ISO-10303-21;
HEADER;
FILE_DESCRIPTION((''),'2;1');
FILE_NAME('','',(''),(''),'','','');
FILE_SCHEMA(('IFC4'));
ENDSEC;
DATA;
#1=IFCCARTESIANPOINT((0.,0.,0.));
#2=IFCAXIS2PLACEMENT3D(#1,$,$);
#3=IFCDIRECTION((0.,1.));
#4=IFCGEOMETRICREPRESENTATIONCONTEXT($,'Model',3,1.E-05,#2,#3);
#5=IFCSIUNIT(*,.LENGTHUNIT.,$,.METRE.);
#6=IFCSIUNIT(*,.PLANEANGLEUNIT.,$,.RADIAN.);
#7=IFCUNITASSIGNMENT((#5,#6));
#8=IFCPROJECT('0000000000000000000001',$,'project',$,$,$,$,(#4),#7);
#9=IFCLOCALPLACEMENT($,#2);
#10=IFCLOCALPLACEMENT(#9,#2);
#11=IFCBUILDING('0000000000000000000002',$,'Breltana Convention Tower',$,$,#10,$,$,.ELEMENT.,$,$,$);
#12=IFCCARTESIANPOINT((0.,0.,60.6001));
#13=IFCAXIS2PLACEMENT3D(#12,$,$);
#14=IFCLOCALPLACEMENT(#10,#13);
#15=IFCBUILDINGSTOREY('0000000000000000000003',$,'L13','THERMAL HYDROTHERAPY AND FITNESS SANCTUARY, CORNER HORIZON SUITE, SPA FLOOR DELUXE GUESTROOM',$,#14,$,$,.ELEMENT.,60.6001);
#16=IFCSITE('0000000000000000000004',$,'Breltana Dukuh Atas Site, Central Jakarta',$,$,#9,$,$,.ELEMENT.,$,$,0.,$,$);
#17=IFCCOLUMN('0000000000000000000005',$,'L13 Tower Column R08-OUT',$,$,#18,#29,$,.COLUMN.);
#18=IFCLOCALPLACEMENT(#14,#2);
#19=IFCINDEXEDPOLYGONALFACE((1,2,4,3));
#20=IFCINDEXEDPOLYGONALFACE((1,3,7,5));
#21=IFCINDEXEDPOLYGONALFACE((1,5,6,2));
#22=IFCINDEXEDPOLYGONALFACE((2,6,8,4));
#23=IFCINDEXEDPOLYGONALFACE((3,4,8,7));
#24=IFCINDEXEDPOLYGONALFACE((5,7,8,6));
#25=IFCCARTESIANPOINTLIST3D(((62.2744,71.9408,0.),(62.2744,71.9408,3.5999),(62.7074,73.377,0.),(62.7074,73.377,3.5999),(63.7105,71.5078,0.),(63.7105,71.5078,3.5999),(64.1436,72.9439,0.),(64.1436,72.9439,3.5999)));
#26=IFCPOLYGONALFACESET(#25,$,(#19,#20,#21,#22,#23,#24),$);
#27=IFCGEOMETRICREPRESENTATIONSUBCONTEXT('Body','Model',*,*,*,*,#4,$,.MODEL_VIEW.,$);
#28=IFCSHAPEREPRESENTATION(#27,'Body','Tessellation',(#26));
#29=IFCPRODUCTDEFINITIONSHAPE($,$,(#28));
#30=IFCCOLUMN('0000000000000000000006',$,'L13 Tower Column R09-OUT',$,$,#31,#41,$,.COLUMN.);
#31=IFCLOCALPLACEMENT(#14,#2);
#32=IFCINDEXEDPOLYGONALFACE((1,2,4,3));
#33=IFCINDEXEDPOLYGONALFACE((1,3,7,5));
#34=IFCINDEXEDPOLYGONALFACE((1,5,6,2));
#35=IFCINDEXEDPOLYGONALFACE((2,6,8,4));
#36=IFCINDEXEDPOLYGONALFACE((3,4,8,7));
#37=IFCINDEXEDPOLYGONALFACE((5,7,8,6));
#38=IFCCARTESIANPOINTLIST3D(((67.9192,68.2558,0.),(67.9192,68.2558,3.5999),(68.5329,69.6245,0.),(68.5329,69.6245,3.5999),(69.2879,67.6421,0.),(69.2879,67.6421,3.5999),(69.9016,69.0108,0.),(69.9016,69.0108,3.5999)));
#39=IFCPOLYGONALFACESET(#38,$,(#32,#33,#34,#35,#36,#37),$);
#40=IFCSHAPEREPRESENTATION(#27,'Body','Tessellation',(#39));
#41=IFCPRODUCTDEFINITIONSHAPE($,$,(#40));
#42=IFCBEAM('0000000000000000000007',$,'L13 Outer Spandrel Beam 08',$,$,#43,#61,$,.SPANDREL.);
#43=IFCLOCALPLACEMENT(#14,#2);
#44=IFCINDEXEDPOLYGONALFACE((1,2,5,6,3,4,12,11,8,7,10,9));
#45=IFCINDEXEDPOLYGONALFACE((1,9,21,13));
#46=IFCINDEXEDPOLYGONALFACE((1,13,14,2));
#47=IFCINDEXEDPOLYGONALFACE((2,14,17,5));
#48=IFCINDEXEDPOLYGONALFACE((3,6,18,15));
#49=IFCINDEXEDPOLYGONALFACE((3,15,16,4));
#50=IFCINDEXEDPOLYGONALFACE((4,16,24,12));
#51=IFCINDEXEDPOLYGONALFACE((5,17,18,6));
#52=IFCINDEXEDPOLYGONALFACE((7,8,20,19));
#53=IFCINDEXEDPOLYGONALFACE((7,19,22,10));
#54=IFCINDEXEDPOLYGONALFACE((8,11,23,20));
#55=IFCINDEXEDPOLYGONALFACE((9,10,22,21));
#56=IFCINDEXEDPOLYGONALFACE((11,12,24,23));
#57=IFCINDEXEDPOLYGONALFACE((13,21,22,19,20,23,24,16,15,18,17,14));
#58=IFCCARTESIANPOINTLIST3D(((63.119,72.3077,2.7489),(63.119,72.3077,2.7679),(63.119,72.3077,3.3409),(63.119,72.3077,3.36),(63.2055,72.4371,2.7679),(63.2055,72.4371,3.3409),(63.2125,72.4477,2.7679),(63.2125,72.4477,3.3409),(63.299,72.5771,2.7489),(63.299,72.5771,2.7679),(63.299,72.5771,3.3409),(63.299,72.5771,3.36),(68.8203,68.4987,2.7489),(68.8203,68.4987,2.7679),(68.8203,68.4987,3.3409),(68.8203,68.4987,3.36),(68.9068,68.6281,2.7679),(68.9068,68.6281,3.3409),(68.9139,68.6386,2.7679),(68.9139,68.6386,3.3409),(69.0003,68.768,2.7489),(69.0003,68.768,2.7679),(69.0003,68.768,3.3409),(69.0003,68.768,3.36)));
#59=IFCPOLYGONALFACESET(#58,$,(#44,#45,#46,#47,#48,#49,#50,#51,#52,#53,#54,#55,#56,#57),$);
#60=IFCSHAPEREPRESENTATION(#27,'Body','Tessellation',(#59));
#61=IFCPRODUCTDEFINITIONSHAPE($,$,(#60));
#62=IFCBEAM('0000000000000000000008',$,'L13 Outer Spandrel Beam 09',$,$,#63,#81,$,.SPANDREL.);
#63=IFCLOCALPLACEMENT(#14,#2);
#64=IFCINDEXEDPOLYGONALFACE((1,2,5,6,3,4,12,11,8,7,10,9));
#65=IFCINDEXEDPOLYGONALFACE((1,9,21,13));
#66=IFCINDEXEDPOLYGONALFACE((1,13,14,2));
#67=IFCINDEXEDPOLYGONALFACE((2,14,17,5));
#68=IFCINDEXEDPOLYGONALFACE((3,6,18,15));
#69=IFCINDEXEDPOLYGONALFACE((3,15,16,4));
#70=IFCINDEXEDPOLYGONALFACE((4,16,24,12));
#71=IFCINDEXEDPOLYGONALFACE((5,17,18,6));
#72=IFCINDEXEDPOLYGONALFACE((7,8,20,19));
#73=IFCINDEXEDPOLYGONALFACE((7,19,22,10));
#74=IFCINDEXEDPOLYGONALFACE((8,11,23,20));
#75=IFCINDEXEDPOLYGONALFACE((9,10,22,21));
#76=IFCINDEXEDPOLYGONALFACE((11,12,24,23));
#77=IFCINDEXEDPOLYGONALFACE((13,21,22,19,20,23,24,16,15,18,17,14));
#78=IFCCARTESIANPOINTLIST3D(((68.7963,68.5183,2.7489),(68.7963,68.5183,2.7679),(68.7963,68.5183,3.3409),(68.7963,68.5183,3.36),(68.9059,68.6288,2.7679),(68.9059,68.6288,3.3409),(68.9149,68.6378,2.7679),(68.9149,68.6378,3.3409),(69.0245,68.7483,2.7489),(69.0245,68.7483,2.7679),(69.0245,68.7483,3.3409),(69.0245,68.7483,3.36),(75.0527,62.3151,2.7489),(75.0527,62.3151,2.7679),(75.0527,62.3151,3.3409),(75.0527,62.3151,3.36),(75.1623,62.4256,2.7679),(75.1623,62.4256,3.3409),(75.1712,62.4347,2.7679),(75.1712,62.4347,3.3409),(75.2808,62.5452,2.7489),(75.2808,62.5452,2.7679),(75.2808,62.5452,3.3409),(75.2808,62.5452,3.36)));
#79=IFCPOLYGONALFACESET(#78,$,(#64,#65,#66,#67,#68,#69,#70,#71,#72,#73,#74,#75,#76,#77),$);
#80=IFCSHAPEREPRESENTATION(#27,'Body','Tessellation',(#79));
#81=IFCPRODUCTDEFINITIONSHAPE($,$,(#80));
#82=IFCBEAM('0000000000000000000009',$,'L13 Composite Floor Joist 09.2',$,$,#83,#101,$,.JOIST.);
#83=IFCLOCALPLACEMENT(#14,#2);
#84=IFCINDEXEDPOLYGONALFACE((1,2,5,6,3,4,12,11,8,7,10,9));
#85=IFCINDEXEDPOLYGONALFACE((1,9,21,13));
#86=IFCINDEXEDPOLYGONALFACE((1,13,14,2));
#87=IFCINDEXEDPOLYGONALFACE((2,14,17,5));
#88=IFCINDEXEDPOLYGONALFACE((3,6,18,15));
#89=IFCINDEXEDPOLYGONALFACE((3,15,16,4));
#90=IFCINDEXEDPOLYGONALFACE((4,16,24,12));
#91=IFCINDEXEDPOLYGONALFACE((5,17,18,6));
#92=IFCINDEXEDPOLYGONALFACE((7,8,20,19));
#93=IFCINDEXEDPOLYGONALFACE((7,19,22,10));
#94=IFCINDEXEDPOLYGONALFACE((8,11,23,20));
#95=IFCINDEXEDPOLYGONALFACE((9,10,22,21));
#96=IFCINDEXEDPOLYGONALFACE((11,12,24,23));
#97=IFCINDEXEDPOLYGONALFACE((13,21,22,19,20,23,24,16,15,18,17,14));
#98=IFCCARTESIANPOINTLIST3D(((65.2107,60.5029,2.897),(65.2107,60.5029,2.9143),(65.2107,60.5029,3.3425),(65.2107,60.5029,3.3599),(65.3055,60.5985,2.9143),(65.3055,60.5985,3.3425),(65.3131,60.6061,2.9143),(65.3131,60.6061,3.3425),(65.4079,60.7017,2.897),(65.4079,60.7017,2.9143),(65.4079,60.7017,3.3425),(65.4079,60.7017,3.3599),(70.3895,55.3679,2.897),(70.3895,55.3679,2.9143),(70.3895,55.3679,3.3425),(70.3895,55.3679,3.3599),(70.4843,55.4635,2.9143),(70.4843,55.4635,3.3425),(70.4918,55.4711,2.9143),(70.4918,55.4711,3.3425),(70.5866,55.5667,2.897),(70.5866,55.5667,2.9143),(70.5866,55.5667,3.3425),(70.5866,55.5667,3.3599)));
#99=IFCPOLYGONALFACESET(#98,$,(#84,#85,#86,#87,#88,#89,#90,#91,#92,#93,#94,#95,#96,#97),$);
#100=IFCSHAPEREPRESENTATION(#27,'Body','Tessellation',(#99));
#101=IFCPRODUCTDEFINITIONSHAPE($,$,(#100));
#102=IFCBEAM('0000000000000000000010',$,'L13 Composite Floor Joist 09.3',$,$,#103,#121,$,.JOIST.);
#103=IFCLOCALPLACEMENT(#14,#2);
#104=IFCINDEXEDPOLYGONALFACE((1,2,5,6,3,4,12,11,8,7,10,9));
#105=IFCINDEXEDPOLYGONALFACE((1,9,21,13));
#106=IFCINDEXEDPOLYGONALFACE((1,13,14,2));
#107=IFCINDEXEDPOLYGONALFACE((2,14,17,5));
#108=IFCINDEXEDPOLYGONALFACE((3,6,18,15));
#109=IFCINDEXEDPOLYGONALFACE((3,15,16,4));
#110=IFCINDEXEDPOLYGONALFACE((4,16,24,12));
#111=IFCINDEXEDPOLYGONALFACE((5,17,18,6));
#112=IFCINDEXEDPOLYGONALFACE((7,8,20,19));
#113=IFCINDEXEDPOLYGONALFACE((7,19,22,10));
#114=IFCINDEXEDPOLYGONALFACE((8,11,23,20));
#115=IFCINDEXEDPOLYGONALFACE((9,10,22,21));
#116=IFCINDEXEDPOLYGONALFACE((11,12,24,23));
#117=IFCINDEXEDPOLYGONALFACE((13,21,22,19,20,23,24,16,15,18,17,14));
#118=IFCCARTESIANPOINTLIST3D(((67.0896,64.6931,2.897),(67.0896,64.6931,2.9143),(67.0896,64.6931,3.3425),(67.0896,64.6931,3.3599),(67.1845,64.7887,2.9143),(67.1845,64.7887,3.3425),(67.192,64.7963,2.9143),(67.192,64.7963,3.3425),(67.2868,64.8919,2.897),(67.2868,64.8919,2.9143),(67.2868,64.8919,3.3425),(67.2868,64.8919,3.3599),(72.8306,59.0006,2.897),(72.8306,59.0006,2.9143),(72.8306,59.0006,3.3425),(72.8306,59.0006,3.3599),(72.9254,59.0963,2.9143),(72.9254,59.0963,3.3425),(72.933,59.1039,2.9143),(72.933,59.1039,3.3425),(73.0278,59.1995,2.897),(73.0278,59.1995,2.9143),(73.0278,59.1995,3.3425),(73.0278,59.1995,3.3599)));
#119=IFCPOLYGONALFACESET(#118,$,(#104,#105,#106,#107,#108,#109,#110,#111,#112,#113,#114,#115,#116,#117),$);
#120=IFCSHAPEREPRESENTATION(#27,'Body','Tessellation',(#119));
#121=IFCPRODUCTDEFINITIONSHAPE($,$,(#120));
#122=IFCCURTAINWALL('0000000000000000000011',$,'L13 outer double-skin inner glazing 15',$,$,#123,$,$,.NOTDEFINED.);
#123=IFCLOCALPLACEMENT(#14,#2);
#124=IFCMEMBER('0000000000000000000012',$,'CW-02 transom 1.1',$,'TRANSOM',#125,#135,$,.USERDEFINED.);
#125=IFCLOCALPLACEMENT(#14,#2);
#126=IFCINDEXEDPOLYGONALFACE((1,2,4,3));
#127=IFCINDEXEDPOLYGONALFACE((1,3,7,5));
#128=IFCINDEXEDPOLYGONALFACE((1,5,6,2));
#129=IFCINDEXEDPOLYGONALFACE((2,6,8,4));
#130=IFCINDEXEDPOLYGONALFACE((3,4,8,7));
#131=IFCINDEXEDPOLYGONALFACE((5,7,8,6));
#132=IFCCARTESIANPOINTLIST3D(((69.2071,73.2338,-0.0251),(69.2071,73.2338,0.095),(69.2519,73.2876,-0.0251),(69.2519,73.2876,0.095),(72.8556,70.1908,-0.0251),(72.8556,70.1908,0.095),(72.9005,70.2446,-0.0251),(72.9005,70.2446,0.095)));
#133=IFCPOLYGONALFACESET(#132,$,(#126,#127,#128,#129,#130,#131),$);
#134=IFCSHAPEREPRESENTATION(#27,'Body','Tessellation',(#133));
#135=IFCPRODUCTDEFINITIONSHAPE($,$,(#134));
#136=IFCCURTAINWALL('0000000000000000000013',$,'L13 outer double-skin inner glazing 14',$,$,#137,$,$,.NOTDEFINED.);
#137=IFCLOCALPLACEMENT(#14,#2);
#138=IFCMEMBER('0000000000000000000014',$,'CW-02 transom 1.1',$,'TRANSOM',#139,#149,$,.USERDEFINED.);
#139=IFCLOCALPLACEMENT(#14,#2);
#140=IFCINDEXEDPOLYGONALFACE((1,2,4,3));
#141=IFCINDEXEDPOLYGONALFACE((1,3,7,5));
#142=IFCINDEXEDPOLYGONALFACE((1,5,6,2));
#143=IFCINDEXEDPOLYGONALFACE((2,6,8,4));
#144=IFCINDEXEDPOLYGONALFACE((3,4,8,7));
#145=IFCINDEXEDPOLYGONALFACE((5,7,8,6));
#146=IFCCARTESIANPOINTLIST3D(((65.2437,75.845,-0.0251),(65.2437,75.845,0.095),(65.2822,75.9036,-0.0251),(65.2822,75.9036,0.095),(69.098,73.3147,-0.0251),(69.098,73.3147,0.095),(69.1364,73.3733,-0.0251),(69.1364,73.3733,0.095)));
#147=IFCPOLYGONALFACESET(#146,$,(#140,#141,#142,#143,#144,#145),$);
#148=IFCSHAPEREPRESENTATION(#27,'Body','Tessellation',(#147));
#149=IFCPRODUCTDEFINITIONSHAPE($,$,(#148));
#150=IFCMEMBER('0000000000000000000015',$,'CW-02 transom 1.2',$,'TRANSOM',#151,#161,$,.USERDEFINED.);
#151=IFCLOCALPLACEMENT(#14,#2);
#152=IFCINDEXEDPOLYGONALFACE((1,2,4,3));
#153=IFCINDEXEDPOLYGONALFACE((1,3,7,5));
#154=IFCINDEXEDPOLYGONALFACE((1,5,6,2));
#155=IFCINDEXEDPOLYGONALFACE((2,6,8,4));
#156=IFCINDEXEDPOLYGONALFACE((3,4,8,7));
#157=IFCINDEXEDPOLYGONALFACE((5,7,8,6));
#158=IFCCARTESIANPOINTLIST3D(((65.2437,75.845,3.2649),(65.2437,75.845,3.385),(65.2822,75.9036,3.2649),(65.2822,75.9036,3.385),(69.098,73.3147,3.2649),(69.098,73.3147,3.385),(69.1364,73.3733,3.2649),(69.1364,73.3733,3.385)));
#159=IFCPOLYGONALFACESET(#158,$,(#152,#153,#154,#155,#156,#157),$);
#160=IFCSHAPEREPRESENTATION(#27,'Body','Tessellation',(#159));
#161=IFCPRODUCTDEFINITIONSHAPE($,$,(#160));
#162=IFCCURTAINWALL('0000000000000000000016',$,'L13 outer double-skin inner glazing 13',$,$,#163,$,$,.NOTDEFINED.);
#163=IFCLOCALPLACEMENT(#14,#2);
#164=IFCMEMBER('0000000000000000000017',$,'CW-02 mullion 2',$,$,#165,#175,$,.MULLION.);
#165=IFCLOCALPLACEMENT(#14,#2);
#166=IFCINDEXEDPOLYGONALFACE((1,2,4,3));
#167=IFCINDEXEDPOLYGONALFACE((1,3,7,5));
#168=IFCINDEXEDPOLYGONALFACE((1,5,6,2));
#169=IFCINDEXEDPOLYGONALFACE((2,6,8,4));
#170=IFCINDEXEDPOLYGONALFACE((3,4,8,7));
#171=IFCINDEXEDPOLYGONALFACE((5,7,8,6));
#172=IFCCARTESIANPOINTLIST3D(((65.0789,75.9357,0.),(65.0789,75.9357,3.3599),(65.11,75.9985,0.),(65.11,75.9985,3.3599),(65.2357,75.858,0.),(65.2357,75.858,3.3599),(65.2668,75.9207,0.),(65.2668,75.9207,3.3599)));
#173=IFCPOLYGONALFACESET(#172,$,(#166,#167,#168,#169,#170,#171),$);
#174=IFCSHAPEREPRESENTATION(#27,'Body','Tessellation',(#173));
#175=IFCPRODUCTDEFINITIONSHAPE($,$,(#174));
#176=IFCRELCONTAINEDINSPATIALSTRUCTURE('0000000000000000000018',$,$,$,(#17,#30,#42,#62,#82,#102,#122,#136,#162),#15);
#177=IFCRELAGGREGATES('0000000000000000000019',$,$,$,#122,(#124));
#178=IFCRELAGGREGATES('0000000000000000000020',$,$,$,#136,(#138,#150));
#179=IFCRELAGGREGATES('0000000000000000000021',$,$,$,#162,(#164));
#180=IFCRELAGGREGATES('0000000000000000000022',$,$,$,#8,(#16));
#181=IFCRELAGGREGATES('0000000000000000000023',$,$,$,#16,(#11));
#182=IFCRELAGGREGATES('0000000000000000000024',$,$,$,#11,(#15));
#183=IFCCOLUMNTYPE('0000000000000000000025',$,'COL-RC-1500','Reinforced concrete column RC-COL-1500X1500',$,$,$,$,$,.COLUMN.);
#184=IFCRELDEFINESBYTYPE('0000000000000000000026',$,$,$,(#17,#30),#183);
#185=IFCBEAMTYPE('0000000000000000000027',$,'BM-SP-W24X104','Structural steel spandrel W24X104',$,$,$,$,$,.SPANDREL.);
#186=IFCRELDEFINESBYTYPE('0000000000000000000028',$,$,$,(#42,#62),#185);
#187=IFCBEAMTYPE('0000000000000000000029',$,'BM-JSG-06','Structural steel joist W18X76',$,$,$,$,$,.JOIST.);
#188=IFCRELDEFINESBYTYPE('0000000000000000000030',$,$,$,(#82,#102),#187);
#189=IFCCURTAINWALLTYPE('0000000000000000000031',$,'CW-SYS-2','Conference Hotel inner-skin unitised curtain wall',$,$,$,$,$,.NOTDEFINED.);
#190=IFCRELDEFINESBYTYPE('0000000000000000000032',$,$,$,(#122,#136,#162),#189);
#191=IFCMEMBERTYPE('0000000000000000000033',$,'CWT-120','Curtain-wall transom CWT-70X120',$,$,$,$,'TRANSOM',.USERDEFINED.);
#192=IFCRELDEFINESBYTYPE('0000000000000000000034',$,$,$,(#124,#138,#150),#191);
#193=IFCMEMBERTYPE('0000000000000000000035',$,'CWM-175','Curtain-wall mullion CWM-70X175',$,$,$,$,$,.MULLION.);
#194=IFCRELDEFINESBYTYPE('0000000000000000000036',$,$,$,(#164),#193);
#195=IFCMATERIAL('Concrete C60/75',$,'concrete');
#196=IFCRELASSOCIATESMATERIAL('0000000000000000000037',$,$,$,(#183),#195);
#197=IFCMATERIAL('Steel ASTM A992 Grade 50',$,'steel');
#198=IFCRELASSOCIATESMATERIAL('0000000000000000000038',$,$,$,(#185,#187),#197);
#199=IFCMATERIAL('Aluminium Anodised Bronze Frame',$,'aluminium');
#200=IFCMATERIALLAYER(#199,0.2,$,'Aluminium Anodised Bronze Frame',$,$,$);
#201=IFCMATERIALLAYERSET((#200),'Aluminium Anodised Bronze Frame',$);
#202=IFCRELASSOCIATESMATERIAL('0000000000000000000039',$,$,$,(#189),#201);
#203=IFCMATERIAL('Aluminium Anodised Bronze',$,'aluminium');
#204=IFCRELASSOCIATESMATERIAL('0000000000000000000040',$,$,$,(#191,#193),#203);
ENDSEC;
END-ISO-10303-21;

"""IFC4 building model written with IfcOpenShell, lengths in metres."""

from ifc_helpers import new_model, si_unit, direction, frame, origin, origin_2d, place, context, subcontext, project, spatial, rectangle, i_section, extrude, source, transform, mapped, material, layer, layer_set, material_profile, profile_set, type_object, element, aggregate, save


model = new_model("IFC4")

# Units and contexts
model_context = context("Model", 3, precision=1e-05, world=origin(), true_north=direction((0.0, 1.0)))
body_context = subcontext(model_context, "Body", "Model", "MODEL_VIEW")
ifc_project = project(units=[si_unit("LENGTHUNIT", "METRE"), si_unit("PLANEANGLEUNIT", "RADIAN")], contexts=[model_context])

# Site, building, storey
site_placement = place(None, origin())
site = spatial("IfcSite", under=ifc_project, at=site_placement, Name="Breltana Dukuh Atas Site, Central Jakarta", CompositionType="ELEMENT", RefElevation=0.0)
building_placement = place(site_placement, origin())
building = spatial("IfcBuilding", under=site, at=building_placement, Name="Breltana Convention Tower", CompositionType="ELEMENT")
storey_placement = place(building_placement, frame((0.0, 0.0, 60.6001)))
storey = spatial("IfcBuildingStorey", under=building, at=storey_placement, Name="L13", Description="THERMAL HYDROTHERAPY AND FITNESS SANCTUARY, CORNER HORIZON SUITE, SPA FLOOR DELUXE GUESTROOM", CompositionType="ELEMENT", Elevation=60.6001)

# Columns
ifc_material_1 = material(Name="Concrete C60/75", Category="concrete")
ifc_material_profile_1 = material_profile(ifc_material_1, rectangle(XDim=1.5, YDim=1.5, at=origin_2d()), Name="RC-COL-1500X1500")
ifc_profile_set_1 = profile_set([ifc_material_profile_1], Name="Concrete C60/75")
column_type = type_object("IfcColumnType", Name="COL-RC-1500", Description="Reinforced concrete column RC-COL-1500X1500", PredefinedType="COLUMN", material=ifc_profile_set_1)
shared_shape_1 = source(origin(), body_context, "Body", "SweptSolid", [
    extrude(rectangle(XDim=1.5, YDim=1.5, at=origin_2d()), origin(), (0.0, 0.0, 1.0), 3.5999),
])
for number, where, z_axis, x_axis, name in (
    (1, (63.209, 72.4424, 0.0), (0.0, 0.0, 1.0), (0.288698, 0.95742, 0.0), "L13 Tower Column R08-OUT"),
    (2, (68.9104, 68.6333, 0.0), (0.0, 0.0, 1.0), (0.409127, 0.912477, 0.0), "L13 Tower Column R09-OUT"),
):
    element("IfcColumn", number, at=place(storey_placement, frame(where, z_axis=z_axis, x_axis=x_axis)), inside=storey, type_object=column_type, Name=name, PredefinedType="COLUMN", context=body_context, shape_type="MappedRepresentation", body=[
        mapped(shared_shape_1, transform((0.0, 0.0, 0.0), scale=1.0)),
    ])

# Beams
ifc_material_2 = material(Name="Steel ASTM A992 Grade 50", Category="steel")
ifc_material_profile_2 = material_profile(ifc_material_2, i_section(OverallWidth=0.324, OverallDepth=0.6111, WebThickness=0.0127, FlangeThickness=0.019, at=origin_2d()), Name="W24X104")
ifc_profile_set_2 = profile_set([ifc_material_profile_2], Name="Steel ASTM A992 Grade 50")
beam_type_1 = type_object("IfcBeamType", Name="BM-SP-W24X104", Description="Structural steel spandrel W24X104", PredefinedType="SPANDREL", material=ifc_profile_set_2)
shared_shape_2 = source(origin(), body_context, "Body", "SweptSolid", [
    extrude(i_section(OverallWidth=0.324, OverallDepth=0.6111, WebThickness=0.0127, FlangeThickness=0.019, at=origin_2d()), origin(), (0.0, 0.0, 1.0), 6.8567),
])
beam_1_placement = place(storey_placement, frame((63.209, 72.4424, 3.0544), z_axis=(0.831502, -0.555522, 0.0), x_axis=(0.555522, 0.831502, 0.0)))
element("IfcBeam", 3, at=beam_1_placement, inside=storey, type_object=beam_type_1, Name="L13 Outer Spandrel Beam 08", PredefinedType="SPANDREL", context=body_context, shape_type="MappedRepresentation", body=[
    mapped(shared_shape_2, transform((0.0, 0.0, 0.0), scale=1.0)),
])
shared_shape_3 = source(origin(), body_context, "Body", "SweptSolid", [
    extrude(i_section(OverallWidth=0.324, OverallDepth=0.6111, WebThickness=0.0127, FlangeThickness=0.019, at=origin_2d()), origin(), (0.0, 0.0, 1.0), 8.8103),
])
beam_2_placement = place(storey_placement, frame((68.9104, 68.6333, 3.0544), z_axis=(0.710121, -0.70408, 0.0), x_axis=(0.70408, 0.710121, 0.0)))
element("IfcBeam", 4, at=beam_2_placement, inside=storey, type_object=beam_type_1, Name="L13 Outer Spandrel Beam 09", PredefinedType="SPANDREL", context=body_context, shape_type="MappedRepresentation", body=[
    mapped(shared_shape_3, transform((0.0, 0.0, 0.0), scale=1.0)),
])
ifc_material_profile_3 = material_profile(ifc_material_2, i_section(OverallWidth=0.28, OverallDepth=0.4629, WebThickness=0.0107, FlangeThickness=0.0173, at=origin_2d()), Name="W18X76")
ifc_profile_set_3 = profile_set([ifc_material_profile_3], Name="Steel ASTM A992 Grade 50")
beam_type_2 = type_object("IfcBeamType", Name="BM-JSG-06", Description="Structural steel joist W18X76", PredefinedType="JOIST", material=ifc_profile_set_3)
shared_shape_4 = source(origin(), body_context, "Body", "SweptSolid", [
    extrude(i_section(OverallWidth=0.28, OverallDepth=0.4629, WebThickness=0.0107, FlangeThickness=0.0173, at=origin_2d()), origin(), (0.0, 0.0, 1.0), 7.293),
])
beam_3_placement = place(storey_placement, frame((65.3093, 60.6023, 3.1284), z_axis=(0.710097, -0.704104, 0.0), x_axis=(0.704104, 0.710097, 0.0)))
element("IfcBeam", 5, at=beam_3_placement, inside=storey, type_object=beam_type_2, Name="L13 Composite Floor Joist 09.2", PredefinedType="JOIST", context=body_context, shape_type="MappedRepresentation", body=[
    mapped(shared_shape_4, transform((0.0, 0.0, 0.0), scale=1.0)),
])
shared_shape_5 = source(origin(), body_context, "Body", "SweptSolid", [
    extrude(i_section(OverallWidth=0.28, OverallDepth=0.4629, WebThickness=0.0107, FlangeThickness=0.0173, at=origin_2d()), origin(), (0.0, 0.0, 1.0), 8.0847),
])
beam_4_placement = place(storey_placement, frame((67.1882, 64.7925, 3.1284), z_axis=(0.710105, -0.704096, 0.0), x_axis=(0.704096, 0.710105, 0.0)))
element("IfcBeam", 6, at=beam_4_placement, inside=storey, type_object=beam_type_2, Name="L13 Composite Floor Joist 09.3", PredefinedType="JOIST", context=body_context, shape_type="MappedRepresentation", body=[
    mapped(shared_shape_5, transform((0.0, 0.0, 0.0), scale=1.0)),
])

# Curtain wall, member
ifc_material_3 = material(Name="Aluminium Anodised Bronze Frame", Category="aluminium")
ifc_layer_1 = layer(ifc_material_3, 0.2, Name="Aluminium Anodised Bronze Frame")
ifc_layer_set_1 = layer_set([ifc_layer_1], Name="Aluminium Anodised Bronze Frame")
curtain_wall_type = type_object("IfcCurtainWallType", Name="CW-SYS-2", Description="Conference Hotel inner-skin unitised curtain wall", PredefinedType="NOTDEFINED", material=ifc_layer_set_1)
curtain_wall_1_placement = place(storey_placement, origin())
curtain_wall_1 = element("IfcCurtainWall", 7, at=curtain_wall_1_placement, inside=storey, type_object=curtain_wall_type, Name="L13 outer double-skin inner glazing 15", PredefinedType="NOTDEFINED")
ifc_material_4 = material(Name="Aluminium Anodised Bronze", Category="aluminium")
ifc_material_profile_4 = material_profile(ifc_material_4, rectangle(XDim=0.0701, YDim=0.1201, at=origin_2d()), Name="CWT-70X120")
ifc_profile_set_4 = profile_set([ifc_material_profile_4], Name="Aluminium Anodised Bronze")
member_type_1 = type_object("IfcMemberType", Name="CWT-120", Description="Curtain-wall transom CWT-70X120", ElementType="TRANSOM", PredefinedType="USERDEFINED", material=ifc_profile_set_4)
shared_shape_6 = source(origin(), body_context, "Body", "SweptSolid", [
    extrude(rectangle(XDim=0.0701, YDim=0.1201, at=origin_2d()), origin(), (0.0, 0.0, 1.0), 4.751),
])
member_1_placement = place(storey_placement, frame((69.2295, 73.2607, 0.0349), z_axis=(0.767952, -0.640508, 0.0), x_axis=(0.640508, 0.767952, 0.0)))
member_1 = element("IfcMember", 8, at=member_1_placement, type_object=member_type_1, Name="CW-02 transom 1.1", ObjectType="TRANSOM", PredefinedType="USERDEFINED", context=body_context, shape_type="MappedRepresentation", body=[
    mapped(shared_shape_6, transform((0.0, 0.0, 0.0), scale=1.0)),
])

# Curtain wall, members
curtain_wall_2_placement = place(storey_placement, origin())
curtain_wall_2 = element("IfcCurtainWall", 9, at=curtain_wall_2_placement, inside=storey, type_object=curtain_wall_type, Name="L13 outer double-skin inner glazing 14", PredefinedType="NOTDEFINED")
shared_shape_7 = source(origin(), body_context, "Body", "SweptSolid", [
    extrude(rectangle(XDim=0.0701, YDim=0.1201, at=origin_2d()), origin(), (0.0, 0.0, 1.0), 4.6106),
])
member_2_placement = place(storey_placement, frame((65.2629, 75.8743, 0.0349), z_axis=(0.835956, -0.548796, 0.0), x_axis=(0.548796, 0.835956, 0.0)))
member_2 = element("IfcMember", 10, at=member_2_placement, type_object=member_type_1, Name="CW-02 transom 1.1", ObjectType="TRANSOM", PredefinedType="USERDEFINED", context=body_context, shape_type="MappedRepresentation", body=[
    mapped(shared_shape_7, transform((0.0, 0.0, 0.0), scale=1.0)),
])
member_3_placement = place(storey_placement, frame((65.2629, 75.8743, 3.325), z_axis=(0.835956, -0.548796, 0.0), x_axis=(0.548796, 0.835956, 0.0)))
member_3 = element("IfcMember", 11, at=member_3_placement, type_object=member_type_1, Name="CW-02 transom 1.2", ObjectType="TRANSOM", PredefinedType="USERDEFINED", context=body_context, shape_type="MappedRepresentation", body=[
    mapped(shared_shape_7, transform((0.0, 0.0, 0.0), scale=1.0)),
])

# Curtain wall, member
curtain_wall_3_placement = place(storey_placement, origin())
curtain_wall_3 = element("IfcCurtainWall", 12, at=curtain_wall_3_placement, inside=storey, type_object=curtain_wall_type, Name="L13 outer double-skin inner glazing 13", PredefinedType="NOTDEFINED")
ifc_material_profile_5 = material_profile(ifc_material_4, rectangle(XDim=0.0701, YDim=0.175, at=origin_2d()), Name="CWM-70X175")
ifc_profile_set_5 = profile_set([ifc_material_profile_5], Name="Aluminium Anodised Bronze")
member_type_2 = type_object("IfcMemberType", Name="CWM-175", Description="Curtain-wall mullion CWM-70X175", PredefinedType="MULLION", material=ifc_profile_set_5)
shared_shape_8 = source(origin(), body_context, "Body", "SweptSolid", [
    extrude(rectangle(XDim=0.0701, YDim=0.175, at=origin_2d()), origin(), (0.0, 0.0, 1.0), 3.3599),
])
member_4_placement = place(storey_placement, frame((65.1729, 75.9282, 0.0), z_axis=(0.0, 0.0, 1.0), x_axis=(0.444108, 0.895973, 0.0)))
member_4 = element("IfcMember", 13, at=member_4_placement, type_object=member_type_2, Name="CW-02 mullion 2", PredefinedType="MULLION", context=body_context, shape_type="MappedRepresentation", body=[
    mapped(shared_shape_8, transform((0.0, 0.0, 0.0), scale=1.0)),
])

aggregate(curtain_wall_1, [member_1])

aggregate(curtain_wall_2, [member_2, member_3])
aggregate(curtain_wall_3, [member_4])

save(model, "model.ifc")
